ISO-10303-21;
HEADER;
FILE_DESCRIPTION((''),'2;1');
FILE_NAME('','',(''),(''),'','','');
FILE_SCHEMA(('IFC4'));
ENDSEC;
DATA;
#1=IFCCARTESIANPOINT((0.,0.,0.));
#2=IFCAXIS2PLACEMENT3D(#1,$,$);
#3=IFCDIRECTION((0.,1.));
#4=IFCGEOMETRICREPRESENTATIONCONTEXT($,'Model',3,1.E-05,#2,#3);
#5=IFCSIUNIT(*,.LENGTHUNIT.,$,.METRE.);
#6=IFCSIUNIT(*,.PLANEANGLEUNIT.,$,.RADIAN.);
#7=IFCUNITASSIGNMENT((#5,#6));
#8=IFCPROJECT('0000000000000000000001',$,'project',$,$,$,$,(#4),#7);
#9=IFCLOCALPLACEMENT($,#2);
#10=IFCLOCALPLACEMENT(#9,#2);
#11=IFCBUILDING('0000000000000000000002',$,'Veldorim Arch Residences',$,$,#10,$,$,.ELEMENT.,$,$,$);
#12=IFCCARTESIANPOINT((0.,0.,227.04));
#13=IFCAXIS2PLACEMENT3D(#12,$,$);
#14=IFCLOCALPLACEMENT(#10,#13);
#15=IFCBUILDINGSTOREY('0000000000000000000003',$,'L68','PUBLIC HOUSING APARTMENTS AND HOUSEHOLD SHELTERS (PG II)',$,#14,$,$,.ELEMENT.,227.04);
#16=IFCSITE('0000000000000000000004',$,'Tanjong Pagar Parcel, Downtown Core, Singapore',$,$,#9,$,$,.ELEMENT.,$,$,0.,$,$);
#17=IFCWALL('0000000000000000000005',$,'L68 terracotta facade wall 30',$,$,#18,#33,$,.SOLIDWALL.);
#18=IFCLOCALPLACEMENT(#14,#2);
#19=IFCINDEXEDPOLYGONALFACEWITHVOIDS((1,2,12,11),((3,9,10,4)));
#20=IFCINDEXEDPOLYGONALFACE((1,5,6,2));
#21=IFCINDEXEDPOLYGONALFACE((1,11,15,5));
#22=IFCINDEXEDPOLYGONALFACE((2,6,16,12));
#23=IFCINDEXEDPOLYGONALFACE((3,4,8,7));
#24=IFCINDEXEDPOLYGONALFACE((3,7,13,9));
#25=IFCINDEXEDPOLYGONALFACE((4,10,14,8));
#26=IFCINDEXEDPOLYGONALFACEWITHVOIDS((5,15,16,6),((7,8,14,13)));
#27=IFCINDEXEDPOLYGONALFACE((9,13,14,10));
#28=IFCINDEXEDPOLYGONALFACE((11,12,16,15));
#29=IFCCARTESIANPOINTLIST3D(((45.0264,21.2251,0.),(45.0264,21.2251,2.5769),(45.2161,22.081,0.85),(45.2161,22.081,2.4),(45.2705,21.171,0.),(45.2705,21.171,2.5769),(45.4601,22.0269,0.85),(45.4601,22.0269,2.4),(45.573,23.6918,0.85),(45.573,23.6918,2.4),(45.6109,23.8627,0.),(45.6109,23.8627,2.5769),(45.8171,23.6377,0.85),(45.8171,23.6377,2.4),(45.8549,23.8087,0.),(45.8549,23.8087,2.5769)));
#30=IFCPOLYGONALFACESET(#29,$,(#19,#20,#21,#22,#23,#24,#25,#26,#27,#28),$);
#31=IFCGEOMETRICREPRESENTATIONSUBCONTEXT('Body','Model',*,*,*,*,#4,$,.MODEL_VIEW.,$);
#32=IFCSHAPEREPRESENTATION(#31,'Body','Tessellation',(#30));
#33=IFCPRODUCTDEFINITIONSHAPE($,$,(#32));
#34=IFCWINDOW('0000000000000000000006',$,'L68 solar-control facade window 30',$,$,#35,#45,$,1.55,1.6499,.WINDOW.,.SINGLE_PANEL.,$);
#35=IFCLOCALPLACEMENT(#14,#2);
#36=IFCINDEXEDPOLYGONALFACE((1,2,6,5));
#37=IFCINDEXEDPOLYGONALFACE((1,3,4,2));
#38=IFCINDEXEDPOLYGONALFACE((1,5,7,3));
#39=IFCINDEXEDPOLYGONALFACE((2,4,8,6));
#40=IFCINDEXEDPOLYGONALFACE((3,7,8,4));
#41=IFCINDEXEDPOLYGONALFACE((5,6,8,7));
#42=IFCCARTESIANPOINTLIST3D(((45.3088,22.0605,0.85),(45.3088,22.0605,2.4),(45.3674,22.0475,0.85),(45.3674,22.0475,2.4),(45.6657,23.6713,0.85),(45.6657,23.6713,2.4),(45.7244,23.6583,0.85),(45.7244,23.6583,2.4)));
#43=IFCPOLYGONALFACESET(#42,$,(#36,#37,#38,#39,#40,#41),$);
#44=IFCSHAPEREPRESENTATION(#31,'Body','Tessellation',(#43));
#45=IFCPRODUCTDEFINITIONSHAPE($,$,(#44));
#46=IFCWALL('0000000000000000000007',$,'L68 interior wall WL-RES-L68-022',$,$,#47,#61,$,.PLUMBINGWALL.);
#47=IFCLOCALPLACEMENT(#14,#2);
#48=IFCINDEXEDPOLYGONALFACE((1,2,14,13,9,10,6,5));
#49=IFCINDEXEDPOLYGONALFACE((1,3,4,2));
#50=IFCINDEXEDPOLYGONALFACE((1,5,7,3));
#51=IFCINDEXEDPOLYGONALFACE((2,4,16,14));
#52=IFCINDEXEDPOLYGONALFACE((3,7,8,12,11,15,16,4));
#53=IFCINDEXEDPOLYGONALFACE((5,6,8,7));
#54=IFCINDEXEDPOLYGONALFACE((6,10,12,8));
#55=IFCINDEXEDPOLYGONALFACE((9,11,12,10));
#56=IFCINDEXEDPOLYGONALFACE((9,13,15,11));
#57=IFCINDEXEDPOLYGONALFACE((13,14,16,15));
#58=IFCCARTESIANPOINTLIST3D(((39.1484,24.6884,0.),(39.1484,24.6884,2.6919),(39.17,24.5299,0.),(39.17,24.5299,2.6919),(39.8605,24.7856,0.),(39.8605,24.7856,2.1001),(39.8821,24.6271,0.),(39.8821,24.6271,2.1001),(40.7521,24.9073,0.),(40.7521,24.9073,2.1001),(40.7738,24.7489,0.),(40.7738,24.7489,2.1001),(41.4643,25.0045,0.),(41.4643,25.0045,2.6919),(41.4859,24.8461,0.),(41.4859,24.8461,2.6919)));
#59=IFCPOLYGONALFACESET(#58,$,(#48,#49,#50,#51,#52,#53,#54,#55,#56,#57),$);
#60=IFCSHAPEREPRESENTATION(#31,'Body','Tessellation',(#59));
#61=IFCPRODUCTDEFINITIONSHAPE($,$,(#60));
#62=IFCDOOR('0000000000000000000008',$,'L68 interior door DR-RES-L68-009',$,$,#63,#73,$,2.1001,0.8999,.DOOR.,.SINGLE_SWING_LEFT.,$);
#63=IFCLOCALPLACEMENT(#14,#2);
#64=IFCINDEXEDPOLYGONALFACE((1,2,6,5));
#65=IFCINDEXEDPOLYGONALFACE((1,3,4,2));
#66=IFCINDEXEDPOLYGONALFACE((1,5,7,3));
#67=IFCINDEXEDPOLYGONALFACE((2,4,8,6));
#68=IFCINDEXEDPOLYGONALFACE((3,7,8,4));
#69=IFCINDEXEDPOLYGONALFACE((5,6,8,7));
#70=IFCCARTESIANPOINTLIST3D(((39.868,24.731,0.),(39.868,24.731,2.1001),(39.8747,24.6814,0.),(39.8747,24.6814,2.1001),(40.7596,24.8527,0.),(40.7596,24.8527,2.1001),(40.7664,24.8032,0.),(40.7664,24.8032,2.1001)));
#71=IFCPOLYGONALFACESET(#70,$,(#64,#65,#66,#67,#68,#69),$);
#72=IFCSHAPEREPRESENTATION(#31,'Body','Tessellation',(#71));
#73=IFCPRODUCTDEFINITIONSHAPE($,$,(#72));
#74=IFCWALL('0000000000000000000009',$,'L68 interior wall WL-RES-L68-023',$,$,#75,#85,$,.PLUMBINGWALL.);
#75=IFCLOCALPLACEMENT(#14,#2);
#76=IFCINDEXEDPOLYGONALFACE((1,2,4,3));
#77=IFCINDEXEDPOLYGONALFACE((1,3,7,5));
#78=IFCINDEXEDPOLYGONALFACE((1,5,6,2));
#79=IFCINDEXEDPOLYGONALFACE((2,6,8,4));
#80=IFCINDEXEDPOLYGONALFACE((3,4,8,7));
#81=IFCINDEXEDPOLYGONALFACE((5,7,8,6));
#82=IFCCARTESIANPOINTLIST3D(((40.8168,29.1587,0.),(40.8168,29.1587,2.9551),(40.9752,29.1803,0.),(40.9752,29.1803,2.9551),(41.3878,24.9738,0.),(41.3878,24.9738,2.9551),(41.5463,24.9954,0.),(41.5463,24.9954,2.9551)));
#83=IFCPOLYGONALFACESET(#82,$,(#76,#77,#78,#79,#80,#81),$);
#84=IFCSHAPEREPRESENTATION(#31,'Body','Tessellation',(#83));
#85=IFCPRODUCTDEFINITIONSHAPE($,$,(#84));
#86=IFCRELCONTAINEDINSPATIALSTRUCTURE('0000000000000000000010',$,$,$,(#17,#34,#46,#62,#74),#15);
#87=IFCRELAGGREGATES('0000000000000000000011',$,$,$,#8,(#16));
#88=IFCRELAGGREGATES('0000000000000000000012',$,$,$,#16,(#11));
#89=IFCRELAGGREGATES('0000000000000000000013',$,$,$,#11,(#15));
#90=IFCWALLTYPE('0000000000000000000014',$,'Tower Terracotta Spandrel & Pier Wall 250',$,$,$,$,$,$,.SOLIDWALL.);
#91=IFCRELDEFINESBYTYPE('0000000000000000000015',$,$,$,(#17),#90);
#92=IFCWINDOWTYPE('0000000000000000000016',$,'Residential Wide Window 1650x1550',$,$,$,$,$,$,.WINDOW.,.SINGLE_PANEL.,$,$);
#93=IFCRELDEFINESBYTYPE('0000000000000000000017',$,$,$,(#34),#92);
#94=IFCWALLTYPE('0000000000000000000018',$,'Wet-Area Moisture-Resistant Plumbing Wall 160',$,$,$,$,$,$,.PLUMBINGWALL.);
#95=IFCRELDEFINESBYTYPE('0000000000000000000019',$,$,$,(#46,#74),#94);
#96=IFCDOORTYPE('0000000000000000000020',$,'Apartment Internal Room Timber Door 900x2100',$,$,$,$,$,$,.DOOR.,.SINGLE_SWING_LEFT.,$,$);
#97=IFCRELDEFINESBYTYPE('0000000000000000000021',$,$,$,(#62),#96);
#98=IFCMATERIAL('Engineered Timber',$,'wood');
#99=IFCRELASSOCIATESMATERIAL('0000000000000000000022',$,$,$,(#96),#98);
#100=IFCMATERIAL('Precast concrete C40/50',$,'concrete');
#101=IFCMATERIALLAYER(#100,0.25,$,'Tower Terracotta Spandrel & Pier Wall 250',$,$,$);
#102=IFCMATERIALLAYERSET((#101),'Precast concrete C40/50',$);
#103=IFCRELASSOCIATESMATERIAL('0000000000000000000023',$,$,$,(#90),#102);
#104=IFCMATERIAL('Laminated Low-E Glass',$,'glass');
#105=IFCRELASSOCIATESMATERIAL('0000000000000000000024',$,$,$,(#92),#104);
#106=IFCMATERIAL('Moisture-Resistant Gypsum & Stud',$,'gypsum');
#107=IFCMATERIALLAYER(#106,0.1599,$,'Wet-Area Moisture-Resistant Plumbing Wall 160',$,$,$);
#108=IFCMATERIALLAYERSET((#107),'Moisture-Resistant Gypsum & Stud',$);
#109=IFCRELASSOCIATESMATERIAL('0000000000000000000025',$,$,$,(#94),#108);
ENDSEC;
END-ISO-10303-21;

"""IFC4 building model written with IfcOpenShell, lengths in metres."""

from ifc_helpers import new_model, si_unit, direction, frame, frame_2d, origin, place, context, subcontext, project, spatial, rectangle, extrude, material, layer, layer_set, type_object, element, fill, save


model = new_model("IFC4")

# Units and contexts
model_context = context("Model", 3, precision=1e-05, world=origin(), true_north=direction((0.0, 1.0)))
body_context = subcontext(model_context, "Body", "Model", "MODEL_VIEW")
ifc_project = project(units=[si_unit("LENGTHUNIT", "METRE"), si_unit("PLANEANGLEUNIT", "RADIAN")], contexts=[model_context])

# Site, building, storey
site_placement = place(None, origin())
site = spatial("IfcSite", under=ifc_project, at=site_placement, Name="Tanjong Pagar Parcel, Downtown Core, Singapore", CompositionType="ELEMENT", RefElevation=0.0)
building_placement = place(site_placement, origin())
building = spatial("IfcBuilding", under=site, at=building_placement, Name="Veldorim Arch Residences", CompositionType="ELEMENT")
storey_placement = place(building_placement, frame((0.0, 0.0, 227.04)))
storey = spatial("IfcBuildingStorey", under=building, at=storey_placement, Name="L68", Description="PUBLIC HOUSING APARTMENTS AND HOUSEHOLD SHELTERS (PG II)", CompositionType="ELEMENT", Elevation=227.04)

# Shared definitions
ifc_material_1 = material(Name="Engineered Timber", Category="wood")
door_type = type_object("IfcDoorType", Name="Apartment Internal Room Timber Door 900x2100", OperationType="SINGLE_SWING_LEFT", PredefinedType="DOOR", material=ifc_material_1)

# Shared definitions
ifc_material_2 = material(Name="Precast concrete C40/50", Category="concrete")
ifc_layer_1 = layer(ifc_material_2, 0.25, Name="Tower Terracotta Spandrel & Pier Wall 250")
ifc_layer_set_1 = layer_set([ifc_layer_1], Name="Precast concrete C40/50")
wall_type_1 = type_object("IfcWallType", Name="Tower Terracotta Spandrel & Pier Wall 250", PredefinedType="SOLIDWALL", material=ifc_layer_set_1)

# Wall, opening, window
wall_1_placement = place(storey_placement, frame((45.7329, 23.8357, 0.0), z_axis=(0.0, 0.0, 1.0), x_axis=(-0.216337, -0.976319, 0.0)))
wall_1 = element("IfcWall", 1, at=wall_1_placement, inside=storey, type_object=wall_type_1, Name="L68 terracotta facade wall 30", PredefinedType="SOLIDWALL", context=body_context, shape_type="SweptSolid", body=[
    extrude(rectangle(XDim=2.7017, YDim=0.25, at=frame_2d((1.3508, 0.0))), origin(), (0.0, 0.0, 1.0), 2.5769),
])
opening_1_placement = place(wall_1_placement, frame((0.175, 0.0, 0.8501)))
opening_1 = element("IfcOpeningElement", 2, at=opening_1_placement, cuts=wall_1, PredefinedType="OPENING", context=body_context, shape_type="SweptSolid", body=[
    extrude(rectangle(XDim=1.6499, YDim=1.55, at=frame_2d((0.825, 0.7749))), frame((0.0, 0.135, 0.0), z_axis=(0.0, -1.0, 0.0), x_axis=(1.0, 0.0, 0.0)), (0.0, 0.0, 1.0), 0.27),
])
ifc_material_3 = material(Name="Laminated Low-E Glass", Category="glass")
window_type = type_object("IfcWindowType", Name="Residential Wide Window 1650x1550", PartitioningType="SINGLE_PANEL", PredefinedType="WINDOW", material=ifc_material_3)
window_placement = place(opening_1_placement, origin())
window = element("IfcWindow", 3, at=window_placement, inside=storey, type_object=window_type, Name="L68 solar-control facade window 30", OverallHeight=1.55, OverallWidth=1.6499, PartitioningType="SINGLE_PANEL", PredefinedType="WINDOW", context=body_context, shape_type="SweptSolid", body=[
    extrude(rectangle(XDim=1.6499, YDim=1.55, at=frame_2d((0.825, 0.7749))), frame((0.0, 0.03, 0.0), z_axis=(0.0, -1.0, 0.0), x_axis=(1.0, 0.0, 0.0)), (0.0, 0.0, 1.0), 0.0601),
])
fill(opening_1, window)

# Wall, opening, door
ifc_material_4 = material(Name="Moisture-Resistant Gypsum & Stud", Category="gypsum")
ifc_layer_2 = layer(ifc_material_4, 0.1599, Name="Wet-Area Moisture-Resistant Plumbing Wall 160")
ifc_layer_set_2 = layer_set([ifc_layer_2], Name="Moisture-Resistant Gypsum & Stud")
wall_type_2 = type_object("IfcWallType", Name="Wet-Area Moisture-Resistant Plumbing Wall 160", PredefinedType="PLUMBINGWALL", material=ifc_layer_set_2)
wall_2_placement = place(storey_placement, frame((39.1592, 24.6091, 0.0), z_axis=(0.0, 0.0, 1.0), x_axis=(0.99081, 0.135262, 0.0)))
wall_2 = element("IfcWall", 4, at=wall_2_placement, inside=storey, type_object=wall_type_2, Name="L68 interior wall WL-RES-L68-022", PredefinedType="PLUMBINGWALL", context=body_context, shape_type="SweptSolid", body=[
    extrude(rectangle(XDim=2.3374, YDim=0.1599, at=frame_2d((1.1687, 0.0))), origin(), (0.0, 0.0, 1.0), 2.6919),
])
opening_2_placement = place(wall_2_placement, frame((0.7188, 0.0, 0.0)))
opening_2 = element("IfcOpeningElement", 5, at=opening_2_placement, cuts=wall_2, PredefinedType="OPENING", context=body_context, shape_type="SweptSolid", body=[
    extrude(rectangle(XDim=0.8999, YDim=2.1001, at=frame_2d((0.45, 1.05))), frame((0.0, 0.0898, 0.0), z_axis=(0.0, -1.0, 0.0), x_axis=(1.0, 0.0, 0.0)), (0.0, 0.0, 1.0), 0.1799),
])
door_1_placement = place(opening_2_placement, origin())
door_1 = element("IfcDoor", 6, at=door_1_placement, inside=storey, type_object=door_type, Name="L68 interior door DR-RES-L68-009", OperationType="SINGLE_SWING_LEFT", OverallHeight=2.1001, OverallWidth=0.8999, PredefinedType="DOOR", context=body_context, shape_type="SweptSolid", body=[
    extrude(rectangle(XDim=0.8999, YDim=2.1001, at=frame_2d((0.45, 1.05))), frame((0.0, 0.0249, 0.0), z_axis=(0.0, -1.0, 0.0), x_axis=(1.0, 0.0, 0.0)), (0.0, 0.0, 1.0), 0.05),
])
fill(opening_2, door_1)

# Wall
wall_3_placement = place(storey_placement, frame((41.467, 24.9846, 0.0), z_axis=(0.0, 0.0, 1.0), x_axis=(-0.135203, 0.990818, 0.0)))
element("IfcWall", 7, at=wall_3_placement, inside=storey, type_object=wall_type_2, Name="L68 interior wall WL-RES-L68-023", PredefinedType="PLUMBINGWALL", context=body_context, shape_type="SweptSolid", body=[
    extrude(rectangle(XDim=4.2236, YDim=0.1599, at=frame_2d((2.1118, 0.0))), origin(), (0.0, 0.0, 1.0), 2.9551),
])

save(model, "model.ifc")
